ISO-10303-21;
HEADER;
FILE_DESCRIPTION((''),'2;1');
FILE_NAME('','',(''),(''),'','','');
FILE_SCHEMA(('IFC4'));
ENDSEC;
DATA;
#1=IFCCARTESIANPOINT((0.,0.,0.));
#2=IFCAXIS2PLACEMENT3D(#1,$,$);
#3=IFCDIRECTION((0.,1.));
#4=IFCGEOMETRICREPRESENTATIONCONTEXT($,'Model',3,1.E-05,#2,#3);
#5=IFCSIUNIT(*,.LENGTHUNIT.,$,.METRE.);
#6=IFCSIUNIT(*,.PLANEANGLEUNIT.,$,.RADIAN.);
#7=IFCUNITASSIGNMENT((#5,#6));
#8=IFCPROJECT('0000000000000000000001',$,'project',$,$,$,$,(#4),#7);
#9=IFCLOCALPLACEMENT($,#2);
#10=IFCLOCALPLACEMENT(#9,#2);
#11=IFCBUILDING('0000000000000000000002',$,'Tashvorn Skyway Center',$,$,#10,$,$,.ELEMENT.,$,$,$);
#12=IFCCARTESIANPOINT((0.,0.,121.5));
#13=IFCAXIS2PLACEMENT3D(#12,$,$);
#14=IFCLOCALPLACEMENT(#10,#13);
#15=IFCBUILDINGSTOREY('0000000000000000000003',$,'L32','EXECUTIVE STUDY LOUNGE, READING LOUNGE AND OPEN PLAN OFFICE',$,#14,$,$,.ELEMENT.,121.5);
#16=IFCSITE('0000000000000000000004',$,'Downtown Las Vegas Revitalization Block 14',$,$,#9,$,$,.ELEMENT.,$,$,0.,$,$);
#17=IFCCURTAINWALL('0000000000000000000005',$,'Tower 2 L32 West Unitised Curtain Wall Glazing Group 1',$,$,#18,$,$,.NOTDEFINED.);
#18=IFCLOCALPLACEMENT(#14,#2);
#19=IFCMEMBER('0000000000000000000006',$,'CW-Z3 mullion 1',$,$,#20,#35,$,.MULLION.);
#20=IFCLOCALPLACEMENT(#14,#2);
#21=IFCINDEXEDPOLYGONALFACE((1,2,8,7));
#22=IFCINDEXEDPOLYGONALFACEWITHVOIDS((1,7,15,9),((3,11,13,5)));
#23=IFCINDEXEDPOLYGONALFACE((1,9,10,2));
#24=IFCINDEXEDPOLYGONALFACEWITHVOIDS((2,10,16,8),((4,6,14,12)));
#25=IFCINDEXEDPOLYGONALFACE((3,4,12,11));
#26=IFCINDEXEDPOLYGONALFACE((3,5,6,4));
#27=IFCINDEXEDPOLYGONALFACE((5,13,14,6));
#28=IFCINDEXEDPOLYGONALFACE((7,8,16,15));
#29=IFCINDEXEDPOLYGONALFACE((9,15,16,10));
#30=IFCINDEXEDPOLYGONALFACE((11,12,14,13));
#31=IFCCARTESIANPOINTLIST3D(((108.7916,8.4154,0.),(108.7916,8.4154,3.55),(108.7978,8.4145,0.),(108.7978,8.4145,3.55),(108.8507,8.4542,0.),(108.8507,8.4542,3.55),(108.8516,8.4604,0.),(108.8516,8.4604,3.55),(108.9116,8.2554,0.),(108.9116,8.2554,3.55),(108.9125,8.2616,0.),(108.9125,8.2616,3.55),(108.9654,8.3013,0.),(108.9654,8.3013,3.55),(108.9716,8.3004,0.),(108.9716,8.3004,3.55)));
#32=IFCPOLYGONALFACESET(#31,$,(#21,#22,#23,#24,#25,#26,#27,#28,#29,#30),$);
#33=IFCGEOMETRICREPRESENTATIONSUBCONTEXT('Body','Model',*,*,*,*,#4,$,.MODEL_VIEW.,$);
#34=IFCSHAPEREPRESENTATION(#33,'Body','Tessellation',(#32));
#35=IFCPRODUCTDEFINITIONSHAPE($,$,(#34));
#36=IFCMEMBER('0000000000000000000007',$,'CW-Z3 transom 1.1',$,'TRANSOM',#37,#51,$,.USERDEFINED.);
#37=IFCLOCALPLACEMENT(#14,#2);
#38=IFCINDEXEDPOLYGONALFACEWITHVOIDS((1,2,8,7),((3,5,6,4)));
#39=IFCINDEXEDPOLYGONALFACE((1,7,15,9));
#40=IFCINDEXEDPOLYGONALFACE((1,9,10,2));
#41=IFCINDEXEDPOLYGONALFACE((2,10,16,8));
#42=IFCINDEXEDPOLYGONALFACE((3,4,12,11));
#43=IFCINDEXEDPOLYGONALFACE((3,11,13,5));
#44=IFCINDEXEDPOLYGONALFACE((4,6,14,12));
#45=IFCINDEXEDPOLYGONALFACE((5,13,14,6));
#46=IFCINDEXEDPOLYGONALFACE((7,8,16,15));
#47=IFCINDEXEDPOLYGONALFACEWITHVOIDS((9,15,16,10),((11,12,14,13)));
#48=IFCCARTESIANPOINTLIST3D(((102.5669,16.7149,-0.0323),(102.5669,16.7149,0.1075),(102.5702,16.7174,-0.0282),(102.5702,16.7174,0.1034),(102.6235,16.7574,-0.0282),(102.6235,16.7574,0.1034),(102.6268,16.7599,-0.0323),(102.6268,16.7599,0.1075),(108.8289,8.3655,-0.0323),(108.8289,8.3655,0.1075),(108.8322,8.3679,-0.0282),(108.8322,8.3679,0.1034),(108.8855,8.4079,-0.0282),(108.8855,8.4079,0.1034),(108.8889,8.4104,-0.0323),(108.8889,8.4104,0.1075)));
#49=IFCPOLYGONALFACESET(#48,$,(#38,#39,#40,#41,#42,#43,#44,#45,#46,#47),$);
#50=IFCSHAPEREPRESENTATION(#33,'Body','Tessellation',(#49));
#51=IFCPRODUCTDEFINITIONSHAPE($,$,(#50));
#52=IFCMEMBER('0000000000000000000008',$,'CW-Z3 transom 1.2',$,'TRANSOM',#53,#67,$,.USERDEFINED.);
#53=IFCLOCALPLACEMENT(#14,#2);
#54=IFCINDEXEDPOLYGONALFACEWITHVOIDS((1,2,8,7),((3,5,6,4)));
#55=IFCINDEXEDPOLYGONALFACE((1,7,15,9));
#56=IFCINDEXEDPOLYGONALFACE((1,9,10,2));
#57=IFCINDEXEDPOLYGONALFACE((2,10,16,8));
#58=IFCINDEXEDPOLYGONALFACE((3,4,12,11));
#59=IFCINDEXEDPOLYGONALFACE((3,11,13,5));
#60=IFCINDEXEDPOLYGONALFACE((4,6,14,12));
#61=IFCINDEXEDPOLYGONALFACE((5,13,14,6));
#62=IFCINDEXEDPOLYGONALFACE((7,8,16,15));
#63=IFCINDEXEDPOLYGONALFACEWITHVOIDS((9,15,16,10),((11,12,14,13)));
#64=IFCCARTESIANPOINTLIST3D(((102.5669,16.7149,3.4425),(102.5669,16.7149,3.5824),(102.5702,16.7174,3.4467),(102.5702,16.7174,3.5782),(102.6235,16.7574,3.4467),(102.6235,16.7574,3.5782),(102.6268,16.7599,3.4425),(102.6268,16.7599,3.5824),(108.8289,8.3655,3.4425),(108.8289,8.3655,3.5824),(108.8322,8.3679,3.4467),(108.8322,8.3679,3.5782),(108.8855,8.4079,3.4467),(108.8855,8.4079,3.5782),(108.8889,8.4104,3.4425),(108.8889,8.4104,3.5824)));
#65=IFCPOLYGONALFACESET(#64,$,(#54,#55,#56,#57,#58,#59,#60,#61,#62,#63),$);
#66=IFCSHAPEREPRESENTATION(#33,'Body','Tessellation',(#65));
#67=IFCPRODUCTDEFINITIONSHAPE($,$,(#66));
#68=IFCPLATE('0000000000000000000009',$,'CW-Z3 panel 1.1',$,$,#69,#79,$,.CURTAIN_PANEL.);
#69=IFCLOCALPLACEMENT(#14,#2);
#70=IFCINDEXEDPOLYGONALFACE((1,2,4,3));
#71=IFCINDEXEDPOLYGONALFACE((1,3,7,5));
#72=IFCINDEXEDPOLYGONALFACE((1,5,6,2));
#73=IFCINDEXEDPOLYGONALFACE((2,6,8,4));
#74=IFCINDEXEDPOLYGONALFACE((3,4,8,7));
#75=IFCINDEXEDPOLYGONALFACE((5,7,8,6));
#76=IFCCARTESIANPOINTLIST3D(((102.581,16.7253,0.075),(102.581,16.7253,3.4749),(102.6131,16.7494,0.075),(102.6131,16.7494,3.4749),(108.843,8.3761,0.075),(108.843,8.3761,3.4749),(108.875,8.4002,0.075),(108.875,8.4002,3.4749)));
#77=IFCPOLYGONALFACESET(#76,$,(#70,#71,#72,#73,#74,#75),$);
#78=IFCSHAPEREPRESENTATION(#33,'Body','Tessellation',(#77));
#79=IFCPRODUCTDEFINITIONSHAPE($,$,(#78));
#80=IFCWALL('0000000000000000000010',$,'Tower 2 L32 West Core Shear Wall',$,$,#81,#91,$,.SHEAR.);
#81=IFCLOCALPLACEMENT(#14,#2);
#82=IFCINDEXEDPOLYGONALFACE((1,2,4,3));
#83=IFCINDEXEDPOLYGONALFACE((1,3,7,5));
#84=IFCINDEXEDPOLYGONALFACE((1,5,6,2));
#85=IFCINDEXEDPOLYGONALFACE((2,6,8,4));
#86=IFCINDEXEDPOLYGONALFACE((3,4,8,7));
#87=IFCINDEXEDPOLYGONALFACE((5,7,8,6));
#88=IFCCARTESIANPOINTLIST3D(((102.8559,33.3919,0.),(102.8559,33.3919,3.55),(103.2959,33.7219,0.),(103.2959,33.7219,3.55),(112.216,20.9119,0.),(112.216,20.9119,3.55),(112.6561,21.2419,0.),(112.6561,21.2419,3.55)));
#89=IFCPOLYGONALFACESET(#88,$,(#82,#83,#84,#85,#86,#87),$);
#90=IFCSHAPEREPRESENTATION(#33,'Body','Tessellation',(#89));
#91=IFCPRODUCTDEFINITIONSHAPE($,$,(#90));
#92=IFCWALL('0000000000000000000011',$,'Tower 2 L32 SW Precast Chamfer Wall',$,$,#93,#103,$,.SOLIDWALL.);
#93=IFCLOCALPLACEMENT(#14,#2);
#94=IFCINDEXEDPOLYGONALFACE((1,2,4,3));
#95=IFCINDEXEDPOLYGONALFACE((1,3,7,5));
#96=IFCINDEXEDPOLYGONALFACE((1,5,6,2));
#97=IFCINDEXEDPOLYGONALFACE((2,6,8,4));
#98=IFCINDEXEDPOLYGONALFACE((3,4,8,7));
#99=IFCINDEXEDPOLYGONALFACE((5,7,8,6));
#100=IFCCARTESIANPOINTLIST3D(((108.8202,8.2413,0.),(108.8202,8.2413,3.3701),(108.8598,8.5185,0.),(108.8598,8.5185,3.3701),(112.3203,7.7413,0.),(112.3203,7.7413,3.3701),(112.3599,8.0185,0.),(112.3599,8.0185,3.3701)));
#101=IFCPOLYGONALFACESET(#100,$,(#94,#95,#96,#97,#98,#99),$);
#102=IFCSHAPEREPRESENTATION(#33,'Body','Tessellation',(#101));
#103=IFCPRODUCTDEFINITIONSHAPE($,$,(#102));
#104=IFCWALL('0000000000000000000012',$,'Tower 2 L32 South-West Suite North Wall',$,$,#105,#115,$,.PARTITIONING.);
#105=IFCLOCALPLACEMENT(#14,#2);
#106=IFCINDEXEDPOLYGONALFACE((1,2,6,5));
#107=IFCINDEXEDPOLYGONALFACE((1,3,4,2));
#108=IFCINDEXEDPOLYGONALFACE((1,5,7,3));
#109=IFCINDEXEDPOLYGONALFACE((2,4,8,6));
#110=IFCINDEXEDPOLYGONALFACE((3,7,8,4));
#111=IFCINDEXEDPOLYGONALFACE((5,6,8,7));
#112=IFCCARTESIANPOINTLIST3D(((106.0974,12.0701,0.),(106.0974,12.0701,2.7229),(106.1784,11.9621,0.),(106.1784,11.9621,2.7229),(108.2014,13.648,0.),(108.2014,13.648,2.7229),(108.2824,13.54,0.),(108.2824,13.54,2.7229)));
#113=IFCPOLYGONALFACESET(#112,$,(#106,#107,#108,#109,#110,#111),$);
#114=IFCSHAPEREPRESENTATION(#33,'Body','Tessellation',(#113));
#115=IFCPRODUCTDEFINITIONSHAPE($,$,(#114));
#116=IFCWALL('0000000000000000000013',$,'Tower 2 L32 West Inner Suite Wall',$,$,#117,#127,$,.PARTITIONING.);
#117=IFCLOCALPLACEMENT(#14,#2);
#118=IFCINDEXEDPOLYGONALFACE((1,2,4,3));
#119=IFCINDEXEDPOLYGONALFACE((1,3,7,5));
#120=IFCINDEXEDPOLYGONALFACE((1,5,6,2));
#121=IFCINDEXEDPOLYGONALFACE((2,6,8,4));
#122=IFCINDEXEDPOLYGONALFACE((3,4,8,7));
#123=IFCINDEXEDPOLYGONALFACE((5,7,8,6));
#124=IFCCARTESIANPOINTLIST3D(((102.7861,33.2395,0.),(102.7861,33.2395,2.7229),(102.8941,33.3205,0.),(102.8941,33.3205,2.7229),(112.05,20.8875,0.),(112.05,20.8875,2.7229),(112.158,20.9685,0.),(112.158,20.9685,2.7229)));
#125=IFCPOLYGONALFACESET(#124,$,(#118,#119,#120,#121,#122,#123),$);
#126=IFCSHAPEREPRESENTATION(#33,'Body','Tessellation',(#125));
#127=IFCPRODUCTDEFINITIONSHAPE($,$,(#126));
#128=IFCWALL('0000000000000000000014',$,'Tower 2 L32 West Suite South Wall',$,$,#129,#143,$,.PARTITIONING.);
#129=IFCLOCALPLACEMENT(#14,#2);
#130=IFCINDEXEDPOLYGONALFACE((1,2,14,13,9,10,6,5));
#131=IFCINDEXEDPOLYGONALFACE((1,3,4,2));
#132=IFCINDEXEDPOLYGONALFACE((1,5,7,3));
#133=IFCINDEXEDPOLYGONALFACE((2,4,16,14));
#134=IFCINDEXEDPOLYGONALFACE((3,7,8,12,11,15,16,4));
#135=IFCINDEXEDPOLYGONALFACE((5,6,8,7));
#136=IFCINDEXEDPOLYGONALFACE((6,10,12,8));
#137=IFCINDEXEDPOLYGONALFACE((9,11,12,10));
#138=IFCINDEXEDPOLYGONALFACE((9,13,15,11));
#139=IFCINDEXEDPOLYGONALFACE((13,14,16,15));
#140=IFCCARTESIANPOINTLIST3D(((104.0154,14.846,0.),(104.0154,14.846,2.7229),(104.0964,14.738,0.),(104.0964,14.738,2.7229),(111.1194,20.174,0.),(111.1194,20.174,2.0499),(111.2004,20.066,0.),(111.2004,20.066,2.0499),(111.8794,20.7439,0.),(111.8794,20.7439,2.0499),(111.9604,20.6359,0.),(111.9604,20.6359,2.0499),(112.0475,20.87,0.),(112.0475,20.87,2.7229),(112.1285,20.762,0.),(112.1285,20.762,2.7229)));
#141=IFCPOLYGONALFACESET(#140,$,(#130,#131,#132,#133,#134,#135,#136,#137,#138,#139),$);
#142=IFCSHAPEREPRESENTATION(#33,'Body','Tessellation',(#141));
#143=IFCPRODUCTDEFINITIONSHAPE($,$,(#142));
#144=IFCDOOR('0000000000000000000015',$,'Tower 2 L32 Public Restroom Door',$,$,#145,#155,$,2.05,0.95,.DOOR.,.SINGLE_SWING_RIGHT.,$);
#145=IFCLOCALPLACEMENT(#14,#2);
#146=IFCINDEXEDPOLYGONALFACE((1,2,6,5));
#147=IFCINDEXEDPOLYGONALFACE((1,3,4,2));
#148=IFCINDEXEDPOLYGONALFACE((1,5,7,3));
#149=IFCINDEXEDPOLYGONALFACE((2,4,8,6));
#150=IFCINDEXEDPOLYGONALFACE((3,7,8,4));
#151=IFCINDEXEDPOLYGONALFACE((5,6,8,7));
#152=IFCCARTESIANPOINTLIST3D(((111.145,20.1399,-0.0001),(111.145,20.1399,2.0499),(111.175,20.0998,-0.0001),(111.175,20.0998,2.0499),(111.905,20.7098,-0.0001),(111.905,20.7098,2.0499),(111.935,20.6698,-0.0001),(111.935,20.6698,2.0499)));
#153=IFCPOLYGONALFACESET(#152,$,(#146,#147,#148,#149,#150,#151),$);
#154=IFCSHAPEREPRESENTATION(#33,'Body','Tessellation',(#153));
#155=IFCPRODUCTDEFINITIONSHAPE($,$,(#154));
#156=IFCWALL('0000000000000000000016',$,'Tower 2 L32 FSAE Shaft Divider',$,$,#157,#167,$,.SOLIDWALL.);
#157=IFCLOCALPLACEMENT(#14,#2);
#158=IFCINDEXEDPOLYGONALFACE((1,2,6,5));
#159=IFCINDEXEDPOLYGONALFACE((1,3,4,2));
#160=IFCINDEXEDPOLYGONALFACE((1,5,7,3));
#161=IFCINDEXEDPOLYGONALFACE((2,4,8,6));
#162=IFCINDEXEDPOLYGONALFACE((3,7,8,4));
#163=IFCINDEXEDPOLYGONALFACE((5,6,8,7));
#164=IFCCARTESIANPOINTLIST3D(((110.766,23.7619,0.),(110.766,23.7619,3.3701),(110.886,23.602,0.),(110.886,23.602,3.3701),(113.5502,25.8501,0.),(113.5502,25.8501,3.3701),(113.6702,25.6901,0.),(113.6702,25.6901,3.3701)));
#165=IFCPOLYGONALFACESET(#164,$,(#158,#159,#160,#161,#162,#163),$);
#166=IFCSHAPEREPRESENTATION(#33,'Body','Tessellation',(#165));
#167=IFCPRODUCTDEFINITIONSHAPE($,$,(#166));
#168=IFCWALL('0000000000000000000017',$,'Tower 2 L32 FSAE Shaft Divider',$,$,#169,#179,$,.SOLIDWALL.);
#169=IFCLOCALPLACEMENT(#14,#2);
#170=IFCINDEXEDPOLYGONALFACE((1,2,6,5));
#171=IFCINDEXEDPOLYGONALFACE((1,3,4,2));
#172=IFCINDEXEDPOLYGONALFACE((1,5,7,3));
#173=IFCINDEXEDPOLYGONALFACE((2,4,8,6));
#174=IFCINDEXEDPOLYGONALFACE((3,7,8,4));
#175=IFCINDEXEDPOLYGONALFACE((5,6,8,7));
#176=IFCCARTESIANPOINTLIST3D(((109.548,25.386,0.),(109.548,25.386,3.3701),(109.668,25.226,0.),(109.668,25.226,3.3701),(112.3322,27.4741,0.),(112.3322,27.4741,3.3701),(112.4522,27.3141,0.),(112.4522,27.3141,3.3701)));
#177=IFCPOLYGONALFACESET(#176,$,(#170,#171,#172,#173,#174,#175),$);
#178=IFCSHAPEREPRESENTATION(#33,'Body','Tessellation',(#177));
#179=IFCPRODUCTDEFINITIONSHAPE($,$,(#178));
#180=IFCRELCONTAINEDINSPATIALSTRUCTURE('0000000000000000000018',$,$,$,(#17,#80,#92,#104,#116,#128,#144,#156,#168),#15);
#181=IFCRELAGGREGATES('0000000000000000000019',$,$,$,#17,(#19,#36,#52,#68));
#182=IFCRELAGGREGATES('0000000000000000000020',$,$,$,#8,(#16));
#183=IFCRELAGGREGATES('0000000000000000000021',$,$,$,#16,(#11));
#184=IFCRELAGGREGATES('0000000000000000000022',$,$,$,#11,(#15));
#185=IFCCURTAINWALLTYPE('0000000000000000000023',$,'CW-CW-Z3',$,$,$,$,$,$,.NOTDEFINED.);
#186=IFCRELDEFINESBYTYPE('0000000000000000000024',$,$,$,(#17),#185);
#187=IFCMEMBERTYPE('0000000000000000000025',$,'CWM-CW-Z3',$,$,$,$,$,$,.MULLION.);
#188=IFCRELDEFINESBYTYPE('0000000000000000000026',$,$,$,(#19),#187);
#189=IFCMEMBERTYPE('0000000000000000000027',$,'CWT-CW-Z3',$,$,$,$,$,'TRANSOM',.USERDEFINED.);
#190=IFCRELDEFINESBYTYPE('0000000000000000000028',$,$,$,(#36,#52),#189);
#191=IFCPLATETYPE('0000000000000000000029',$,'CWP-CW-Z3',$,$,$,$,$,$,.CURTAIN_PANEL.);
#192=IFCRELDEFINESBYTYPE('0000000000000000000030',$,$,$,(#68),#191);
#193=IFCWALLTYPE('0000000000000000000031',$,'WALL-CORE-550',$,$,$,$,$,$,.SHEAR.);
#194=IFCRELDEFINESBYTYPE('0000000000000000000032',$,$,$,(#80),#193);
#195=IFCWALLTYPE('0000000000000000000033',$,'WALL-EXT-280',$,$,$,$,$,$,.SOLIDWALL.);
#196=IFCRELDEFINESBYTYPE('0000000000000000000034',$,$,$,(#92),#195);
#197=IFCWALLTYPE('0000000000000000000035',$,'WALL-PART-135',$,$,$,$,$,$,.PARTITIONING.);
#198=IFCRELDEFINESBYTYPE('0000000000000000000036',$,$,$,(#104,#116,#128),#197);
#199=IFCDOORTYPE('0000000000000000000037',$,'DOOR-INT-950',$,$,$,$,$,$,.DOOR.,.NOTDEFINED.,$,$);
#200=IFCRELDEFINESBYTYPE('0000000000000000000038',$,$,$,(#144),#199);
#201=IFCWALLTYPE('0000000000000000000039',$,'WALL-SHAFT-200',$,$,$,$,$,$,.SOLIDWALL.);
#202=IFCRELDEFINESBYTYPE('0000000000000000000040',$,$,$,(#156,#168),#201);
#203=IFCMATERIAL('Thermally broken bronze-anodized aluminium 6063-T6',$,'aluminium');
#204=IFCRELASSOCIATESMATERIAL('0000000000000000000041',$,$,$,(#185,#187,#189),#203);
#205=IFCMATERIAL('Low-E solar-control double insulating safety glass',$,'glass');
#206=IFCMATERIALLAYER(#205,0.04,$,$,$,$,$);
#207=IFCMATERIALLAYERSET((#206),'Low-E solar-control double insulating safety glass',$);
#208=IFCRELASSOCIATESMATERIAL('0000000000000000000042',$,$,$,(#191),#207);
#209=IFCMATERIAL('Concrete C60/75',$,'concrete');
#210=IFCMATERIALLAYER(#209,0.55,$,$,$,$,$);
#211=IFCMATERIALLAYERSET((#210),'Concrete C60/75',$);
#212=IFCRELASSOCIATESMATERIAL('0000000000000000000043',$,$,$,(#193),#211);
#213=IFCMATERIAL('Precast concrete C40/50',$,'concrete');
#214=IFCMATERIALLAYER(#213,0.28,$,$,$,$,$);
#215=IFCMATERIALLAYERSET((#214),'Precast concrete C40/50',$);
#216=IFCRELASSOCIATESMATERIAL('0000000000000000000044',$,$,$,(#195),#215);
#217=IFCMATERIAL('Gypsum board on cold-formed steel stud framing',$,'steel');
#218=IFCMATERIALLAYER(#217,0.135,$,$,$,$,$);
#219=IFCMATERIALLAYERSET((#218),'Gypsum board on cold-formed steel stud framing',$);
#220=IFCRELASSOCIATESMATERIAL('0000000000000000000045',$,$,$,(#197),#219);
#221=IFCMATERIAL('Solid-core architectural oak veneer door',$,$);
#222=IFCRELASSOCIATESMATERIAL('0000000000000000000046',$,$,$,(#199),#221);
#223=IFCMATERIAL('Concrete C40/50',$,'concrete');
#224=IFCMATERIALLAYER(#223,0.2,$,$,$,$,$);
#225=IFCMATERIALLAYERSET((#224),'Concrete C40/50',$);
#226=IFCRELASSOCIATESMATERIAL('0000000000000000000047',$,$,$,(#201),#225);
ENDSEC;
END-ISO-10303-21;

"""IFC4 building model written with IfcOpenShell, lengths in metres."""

from ifc_helpers import new_model, si_unit, direction, frame, frame_2d, origin, origin_2d, place, context, subcontext, project, spatial, rectangle, hollow_rectangle, extrude, material, layer, layer_set, material_profile, profile_set, type_object, element, fill, aggregate, save


model = new_model("IFC4")

# Units and contexts
model_context = context("Model", 3, precision=1e-05, world=origin(), true_north=direction((0.0, 1.0)))
body_context = subcontext(model_context, "Body", "Model", "MODEL_VIEW")
ifc_project = project(units=[si_unit("LENGTHUNIT", "METRE"), si_unit("PLANEANGLEUNIT", "RADIAN")], contexts=[model_context])

# Site, building, storey
site_placement = place(None, origin())
site = spatial("IfcSite", under=ifc_project, at=site_placement, Name="Downtown Las Vegas Revitalization Block 14", CompositionType="ELEMENT", RefElevation=0.0)
building_placement = place(site_placement, origin())
building = spatial("IfcBuilding", under=site, at=building_placement, Name="Tashvorn Skyway Center", CompositionType="ELEMENT")
storey_placement = place(building_placement, frame((0.0, 0.0, 121.5)))
storey = spatial("IfcBuildingStorey", under=building, at=storey_placement, Name="L32", Description="EXECUTIVE STUDY LOUNGE, READING LOUNGE AND OPEN PLAN OFFICE", CompositionType="ELEMENT", Elevation=121.5)

# Shared definitions
ifc_material_1 = material(Name="Concrete C60/75", Category="concrete")

# Shared definitions
ifc_material_2 = material(Name="Thermally broken bronze-anodized aluminium 6063-T6", Category="aluminium")
curtain_wall_type = type_object("IfcCurtainWallType", Name="CW-CW-Z3", PredefinedType="NOTDEFINED", material=ifc_material_2)
ifc_material_profile_1 = material_profile(ifc_material_2, hollow_rectangle(XDim=0.075, YDim=0.2, WallThickness=0.0044, at=origin_2d()), Name="ALU-MULL-75x200")
ifc_profile_set_1 = profile_set([ifc_material_profile_1], Name="Thermally broken bronze-anodized aluminium 6063-T6")
member_type_1 = type_object("IfcMemberType", Name="CWM-CW-Z3", PredefinedType="MULLION", material=ifc_profile_set_1)

# Curtain wall, members, plate
curtain_wall_1_placement = place(storey_placement, origin())
curtain_wall_1 = element("IfcCurtainWall", 1, at=curtain_wall_1_placement, inside=storey, type_object=curtain_wall_type, Name="Tower 2 L32 West Unitised Curtain Wall Glazing Group 1", PredefinedType="NOTDEFINED")
member_1_placement = place(storey_placement, frame((108.8816, 8.3579, 0.0), z_axis=(0.0, 0.0, 1.0), x_axis=(-0.799999, -0.600002, 0.0)))
member_1 = element("IfcMember", 2, at=member_1_placement, type_object=member_type_1, Name="CW-Z3 mullion 1", PredefinedType="MULLION", context=body_context, shape_type="SweptSolid", body=[
    extrude(hollow_rectangle(XDim=0.075, YDim=0.2, WallThickness=0.0044, at=origin_2d()), origin(), (0.0, 0.0, 1.0), 3.55),
])
ifc_material_profile_2 = material_profile(ifc_material_2, hollow_rectangle(XDim=0.075, YDim=0.1399, WallThickness=0.0042, at=origin_2d()), Name="ALU-TRAN-75x140")
ifc_profile_set_2 = profile_set([ifc_material_profile_2], Name="Thermally broken bronze-anodized aluminium 6063-T6")
member_type_2 = type_object("IfcMemberType", Name="CWT-CW-Z3", ElementType="TRANSOM", PredefinedType="USERDEFINED", material=ifc_profile_set_2)
member_2_placement = place(storey_placement, frame((108.8589, 8.3879, 0.0376), z_axis=(-0.599996, 0.800003, 0.0), x_axis=(-0.800003, -0.599996, 0.0)))
member_2 = element("IfcMember", 3, at=member_2_placement, type_object=member_type_2, Name="CW-Z3 transom 1.1", ObjectType="TRANSOM", PredefinedType="USERDEFINED", context=body_context, shape_type="SweptSolid", body=[
    extrude(hollow_rectangle(XDim=0.075, YDim=0.1399, WallThickness=0.0042, at=origin_2d()), origin(), (0.0, 0.0, 1.0), 10.4368),
])
member_3_placement = place(storey_placement, frame((108.8589, 8.3879, 3.5125), z_axis=(-0.599996, 0.800003, 0.0), x_axis=(-0.800003, -0.599996, 0.0)))
member_3 = element("IfcMember", 4, at=member_3_placement, type_object=member_type_2, Name="CW-Z3 transom 1.2", ObjectType="TRANSOM", PredefinedType="USERDEFINED", context=body_context, shape_type="SweptSolid", body=[
    extrude(hollow_rectangle(XDim=0.075, YDim=0.1399, WallThickness=0.0042, at=origin_2d()), origin(), (0.0, 0.0, 1.0), 10.4368),
])
ifc_material_3 = material(Name="Low-E solar-control double insulating safety glass", Category="glass")
ifc_layer_1 = layer(ifc_material_3, 0.04)
ifc_layer_set_1 = layer_set([ifc_layer_1], Name="Low-E solar-control double insulating safety glass")
plate_type = type_object("IfcPlateType", Name="CWP-CW-Z3", PredefinedType="CURTAIN_PANEL", material=ifc_layer_set_1)
plate_placement = place(storey_placement, frame((105.728, 12.5627, 0.075), z_axis=(0.0, 0.0, 1.0), x_axis=(-0.600002, 0.799999, 0.0)))
plate = element("IfcPlate", 5, at=plate_placement, type_object=plate_type, Name="CW-Z3 panel 1.1", PredefinedType="CURTAIN_PANEL", context=body_context, shape_type="SweptSolid", body=[
    extrude(rectangle(XDim=10.4365, YDim=0.04, at=origin_2d()), origin(), (0.0, 0.0, 1.0), 3.3999),
])
aggregate(curtain_wall_1, [member_1, member_2, member_3, plate])

# Walls
ifc_layer_2 = layer(ifc_material_1, 0.55)
ifc_layer_set_2 = layer_set([ifc_layer_2], Name="Concrete C60/75")
wall_type_1 = type_object("IfcWallType", Name="WALL-CORE-550", PredefinedType="SHEAR", material=ifc_layer_set_2)
wall_1_placement = place(storey_placement, frame((112.436, 21.0769, 0.0), z_axis=(0.0, 0.0, 1.0), x_axis=(-0.600005, 0.799996, 0.0)))
element("IfcWall", 6, at=wall_1_placement, inside=storey, type_object=wall_type_1, Name="Tower 2 L32 West Core Shear Wall", PredefinedType="SHEAR", context=body_context, shape_type="SweptSolid", body=[
    extrude(rectangle(XDim=15.6001, YDim=0.55, at=frame_2d((7.8, 0.0))), origin(), (0.0, 0.0, 1.0), 3.55),
])
ifc_material_4 = material(Name="Precast concrete C40/50", Category="concrete")
ifc_layer_3 = layer(ifc_material_4, 0.28)
ifc_layer_set_3 = layer_set([ifc_layer_3], Name="Precast concrete C40/50")
wall_type_2 = type_object("IfcWallType", Name="WALL-EXT-280", PredefinedType="SOLIDWALL", material=ifc_layer_set_3)
wall_2_placement = place(storey_placement, frame((112.3401, 7.8799, 0.0), z_axis=(0.0, 0.0, 1.0), x_axis=(-0.989949, 0.141421, 0.0)))
element("IfcWall", 7, at=wall_2_placement, inside=storey, type_object=wall_type_2, Name="Tower 2 L32 SW Precast Chamfer Wall", PredefinedType="SOLIDWALL", context=body_context, shape_type="SweptSolid", body=[
    extrude(rectangle(XDim=3.5356, YDim=0.28, at=frame_2d((1.7678, 0.0))), origin(), (0.0, 0.0, 1.0), 3.3701),
])
ifc_material_5 = material(Name="Gypsum board on cold-formed steel stud framing", Category="steel")
ifc_layer_4 = layer(ifc_material_5, 0.135)
ifc_layer_set_4 = layer_set([ifc_layer_4], Name="Gypsum board on cold-formed steel stud framing")
wall_type_3 = type_object("IfcWallType", Name="WALL-PART-135", PredefinedType="PARTITIONING", material=ifc_layer_set_4)
wall_3_placement = place(storey_placement, frame((106.1379, 12.0161, 0.0), z_axis=(0.0, 0.0, 1.0), x_axis=(0.800022, 0.59997, 0.0)))
element("IfcWall", 8, at=wall_3_placement, inside=storey, type_object=wall_type_3, Name="Tower 2 L32 South-West Suite North Wall", PredefinedType="PARTITIONING", context=body_context, shape_type="SweptSolid", body=[
    extrude(rectangle(XDim=2.6299, YDim=0.135, at=frame_2d((1.3149, 0.0))), origin(), (0.0, 0.0, 1.0), 2.7229),
])
wall_4_placement = place(storey_placement, frame((112.104, 20.928, 0.0), z_axis=(0.0, 0.0, 1.0), x_axis=(-0.599995, 0.800004, 0.0)))
element("IfcWall", 9, at=wall_4_placement, inside=storey, type_object=wall_type_3, Name="Tower 2 L32 West Inner Suite Wall", PredefinedType="PARTITIONING", context=body_context, shape_type="SweptSolid", body=[
    extrude(rectangle(XDim=15.4399, YDim=0.135, at=frame_2d((7.72, 0.0))), origin(), (0.0, 0.0, 1.0), 2.7229),
])

# Wall, opening, door
wall_5_placement = place(storey_placement, frame((104.0559, 14.792, 0.0), z_axis=(0.0, 0.0, 1.0), x_axis=(0.800003, 0.599996, 0.0)))
wall_5 = element("IfcWall", 10, at=wall_5_placement, inside=storey, type_object=wall_type_3, Name="Tower 2 L32 West Suite South Wall", PredefinedType="PARTITIONING", context=body_context, shape_type="SweptSolid", body=[
    extrude(rectangle(XDim=10.04, YDim=0.135, at=frame_2d((5.02, 0.0))), origin(), (0.0, 0.0, 1.0), 2.7229),
])
opening_1_placement = place(wall_5_placement, frame((8.8799, 0.0, 0.0)))
opening_1 = element("IfcOpeningElement", 11, at=opening_1_placement, cuts=wall_5, PredefinedType="OPENING", context=body_context, shape_type="SweptSolid", body=[
    extrude(rectangle(XDim=0.95, YDim=2.05, at=frame_2d((0.4751, 1.0249))), frame((0.0, 0.0774, 0.0), z_axis=(0.0, -1.0, 0.0), x_axis=(1.0, 0.0, 0.0)), (0.0, 0.0, 1.0), 0.155),
])
ifc_material_6 = material(Name="Solid-core architectural oak veneer door")
door_type_1 = type_object("IfcDoorType", Name="DOOR-INT-950", OperationType="NOTDEFINED", PredefinedType="DOOR", material=ifc_material_6)
door_1_placement = place(opening_1_placement, origin())
door_1 = element("IfcDoor", 12, at=door_1_placement, inside=storey, type_object=door_type_1, Name="Tower 2 L32 Public Restroom Door", OperationType="SINGLE_SWING_RIGHT", OverallHeight=2.05, OverallWidth=0.95, PredefinedType="DOOR", context=body_context, shape_type="SweptSolid", body=[
    extrude(rectangle(XDim=0.95, YDim=2.05, at=frame_2d((0.4751, 1.0249))), frame((0.0, 0.0249, 0.0), z_axis=(0.0, -1.0, 0.0), x_axis=(1.0, 0.0, 0.0)), (0.0, 0.0, 1.0), 0.05),
])
fill(opening_1, door_1)

# Walls
ifc_material_7 = material(Name="Concrete C40/50", Category="concrete")
ifc_layer_5 = layer(ifc_material_7, 0.2)
ifc_layer_set_5 = layer_set([ifc_layer_5], Name="Concrete C40/50")
wall_type_4 = type_object("IfcWallType", Name="WALL-SHAFT-200", PredefinedType="SOLIDWALL", material=ifc_layer_set_5)
for number, where, z_axis, x_axis, name in (
    (13, (110.8259, 23.6819, 0.0), (0.0, 0.0, 1.0), (0.8, 0.6, 0.0), "Tower 2 L32 FSAE Shaft Divider"),
    (14, (109.6079, 25.3059, 0.0), (0.0, 0.0, 1.0), (0.8, 0.6, 0.0), "Tower 2 L32 FSAE Shaft Divider"),
):
    element("IfcWall", number, at=place(storey_placement, frame(where, z_axis=z_axis, x_axis=x_axis)), inside=storey, type_object=wall_type_4, Name=name, PredefinedType="SOLIDWALL", context=body_context, shape_type="SweptSolid", body=[
        extrude(rectangle(XDim=3.4802, YDim=0.2, at=frame_2d((1.7402, 0.0))), origin(), (0.0, 0.0, 1.0), 3.3701),
    ])

save(model, "model.ifc")
